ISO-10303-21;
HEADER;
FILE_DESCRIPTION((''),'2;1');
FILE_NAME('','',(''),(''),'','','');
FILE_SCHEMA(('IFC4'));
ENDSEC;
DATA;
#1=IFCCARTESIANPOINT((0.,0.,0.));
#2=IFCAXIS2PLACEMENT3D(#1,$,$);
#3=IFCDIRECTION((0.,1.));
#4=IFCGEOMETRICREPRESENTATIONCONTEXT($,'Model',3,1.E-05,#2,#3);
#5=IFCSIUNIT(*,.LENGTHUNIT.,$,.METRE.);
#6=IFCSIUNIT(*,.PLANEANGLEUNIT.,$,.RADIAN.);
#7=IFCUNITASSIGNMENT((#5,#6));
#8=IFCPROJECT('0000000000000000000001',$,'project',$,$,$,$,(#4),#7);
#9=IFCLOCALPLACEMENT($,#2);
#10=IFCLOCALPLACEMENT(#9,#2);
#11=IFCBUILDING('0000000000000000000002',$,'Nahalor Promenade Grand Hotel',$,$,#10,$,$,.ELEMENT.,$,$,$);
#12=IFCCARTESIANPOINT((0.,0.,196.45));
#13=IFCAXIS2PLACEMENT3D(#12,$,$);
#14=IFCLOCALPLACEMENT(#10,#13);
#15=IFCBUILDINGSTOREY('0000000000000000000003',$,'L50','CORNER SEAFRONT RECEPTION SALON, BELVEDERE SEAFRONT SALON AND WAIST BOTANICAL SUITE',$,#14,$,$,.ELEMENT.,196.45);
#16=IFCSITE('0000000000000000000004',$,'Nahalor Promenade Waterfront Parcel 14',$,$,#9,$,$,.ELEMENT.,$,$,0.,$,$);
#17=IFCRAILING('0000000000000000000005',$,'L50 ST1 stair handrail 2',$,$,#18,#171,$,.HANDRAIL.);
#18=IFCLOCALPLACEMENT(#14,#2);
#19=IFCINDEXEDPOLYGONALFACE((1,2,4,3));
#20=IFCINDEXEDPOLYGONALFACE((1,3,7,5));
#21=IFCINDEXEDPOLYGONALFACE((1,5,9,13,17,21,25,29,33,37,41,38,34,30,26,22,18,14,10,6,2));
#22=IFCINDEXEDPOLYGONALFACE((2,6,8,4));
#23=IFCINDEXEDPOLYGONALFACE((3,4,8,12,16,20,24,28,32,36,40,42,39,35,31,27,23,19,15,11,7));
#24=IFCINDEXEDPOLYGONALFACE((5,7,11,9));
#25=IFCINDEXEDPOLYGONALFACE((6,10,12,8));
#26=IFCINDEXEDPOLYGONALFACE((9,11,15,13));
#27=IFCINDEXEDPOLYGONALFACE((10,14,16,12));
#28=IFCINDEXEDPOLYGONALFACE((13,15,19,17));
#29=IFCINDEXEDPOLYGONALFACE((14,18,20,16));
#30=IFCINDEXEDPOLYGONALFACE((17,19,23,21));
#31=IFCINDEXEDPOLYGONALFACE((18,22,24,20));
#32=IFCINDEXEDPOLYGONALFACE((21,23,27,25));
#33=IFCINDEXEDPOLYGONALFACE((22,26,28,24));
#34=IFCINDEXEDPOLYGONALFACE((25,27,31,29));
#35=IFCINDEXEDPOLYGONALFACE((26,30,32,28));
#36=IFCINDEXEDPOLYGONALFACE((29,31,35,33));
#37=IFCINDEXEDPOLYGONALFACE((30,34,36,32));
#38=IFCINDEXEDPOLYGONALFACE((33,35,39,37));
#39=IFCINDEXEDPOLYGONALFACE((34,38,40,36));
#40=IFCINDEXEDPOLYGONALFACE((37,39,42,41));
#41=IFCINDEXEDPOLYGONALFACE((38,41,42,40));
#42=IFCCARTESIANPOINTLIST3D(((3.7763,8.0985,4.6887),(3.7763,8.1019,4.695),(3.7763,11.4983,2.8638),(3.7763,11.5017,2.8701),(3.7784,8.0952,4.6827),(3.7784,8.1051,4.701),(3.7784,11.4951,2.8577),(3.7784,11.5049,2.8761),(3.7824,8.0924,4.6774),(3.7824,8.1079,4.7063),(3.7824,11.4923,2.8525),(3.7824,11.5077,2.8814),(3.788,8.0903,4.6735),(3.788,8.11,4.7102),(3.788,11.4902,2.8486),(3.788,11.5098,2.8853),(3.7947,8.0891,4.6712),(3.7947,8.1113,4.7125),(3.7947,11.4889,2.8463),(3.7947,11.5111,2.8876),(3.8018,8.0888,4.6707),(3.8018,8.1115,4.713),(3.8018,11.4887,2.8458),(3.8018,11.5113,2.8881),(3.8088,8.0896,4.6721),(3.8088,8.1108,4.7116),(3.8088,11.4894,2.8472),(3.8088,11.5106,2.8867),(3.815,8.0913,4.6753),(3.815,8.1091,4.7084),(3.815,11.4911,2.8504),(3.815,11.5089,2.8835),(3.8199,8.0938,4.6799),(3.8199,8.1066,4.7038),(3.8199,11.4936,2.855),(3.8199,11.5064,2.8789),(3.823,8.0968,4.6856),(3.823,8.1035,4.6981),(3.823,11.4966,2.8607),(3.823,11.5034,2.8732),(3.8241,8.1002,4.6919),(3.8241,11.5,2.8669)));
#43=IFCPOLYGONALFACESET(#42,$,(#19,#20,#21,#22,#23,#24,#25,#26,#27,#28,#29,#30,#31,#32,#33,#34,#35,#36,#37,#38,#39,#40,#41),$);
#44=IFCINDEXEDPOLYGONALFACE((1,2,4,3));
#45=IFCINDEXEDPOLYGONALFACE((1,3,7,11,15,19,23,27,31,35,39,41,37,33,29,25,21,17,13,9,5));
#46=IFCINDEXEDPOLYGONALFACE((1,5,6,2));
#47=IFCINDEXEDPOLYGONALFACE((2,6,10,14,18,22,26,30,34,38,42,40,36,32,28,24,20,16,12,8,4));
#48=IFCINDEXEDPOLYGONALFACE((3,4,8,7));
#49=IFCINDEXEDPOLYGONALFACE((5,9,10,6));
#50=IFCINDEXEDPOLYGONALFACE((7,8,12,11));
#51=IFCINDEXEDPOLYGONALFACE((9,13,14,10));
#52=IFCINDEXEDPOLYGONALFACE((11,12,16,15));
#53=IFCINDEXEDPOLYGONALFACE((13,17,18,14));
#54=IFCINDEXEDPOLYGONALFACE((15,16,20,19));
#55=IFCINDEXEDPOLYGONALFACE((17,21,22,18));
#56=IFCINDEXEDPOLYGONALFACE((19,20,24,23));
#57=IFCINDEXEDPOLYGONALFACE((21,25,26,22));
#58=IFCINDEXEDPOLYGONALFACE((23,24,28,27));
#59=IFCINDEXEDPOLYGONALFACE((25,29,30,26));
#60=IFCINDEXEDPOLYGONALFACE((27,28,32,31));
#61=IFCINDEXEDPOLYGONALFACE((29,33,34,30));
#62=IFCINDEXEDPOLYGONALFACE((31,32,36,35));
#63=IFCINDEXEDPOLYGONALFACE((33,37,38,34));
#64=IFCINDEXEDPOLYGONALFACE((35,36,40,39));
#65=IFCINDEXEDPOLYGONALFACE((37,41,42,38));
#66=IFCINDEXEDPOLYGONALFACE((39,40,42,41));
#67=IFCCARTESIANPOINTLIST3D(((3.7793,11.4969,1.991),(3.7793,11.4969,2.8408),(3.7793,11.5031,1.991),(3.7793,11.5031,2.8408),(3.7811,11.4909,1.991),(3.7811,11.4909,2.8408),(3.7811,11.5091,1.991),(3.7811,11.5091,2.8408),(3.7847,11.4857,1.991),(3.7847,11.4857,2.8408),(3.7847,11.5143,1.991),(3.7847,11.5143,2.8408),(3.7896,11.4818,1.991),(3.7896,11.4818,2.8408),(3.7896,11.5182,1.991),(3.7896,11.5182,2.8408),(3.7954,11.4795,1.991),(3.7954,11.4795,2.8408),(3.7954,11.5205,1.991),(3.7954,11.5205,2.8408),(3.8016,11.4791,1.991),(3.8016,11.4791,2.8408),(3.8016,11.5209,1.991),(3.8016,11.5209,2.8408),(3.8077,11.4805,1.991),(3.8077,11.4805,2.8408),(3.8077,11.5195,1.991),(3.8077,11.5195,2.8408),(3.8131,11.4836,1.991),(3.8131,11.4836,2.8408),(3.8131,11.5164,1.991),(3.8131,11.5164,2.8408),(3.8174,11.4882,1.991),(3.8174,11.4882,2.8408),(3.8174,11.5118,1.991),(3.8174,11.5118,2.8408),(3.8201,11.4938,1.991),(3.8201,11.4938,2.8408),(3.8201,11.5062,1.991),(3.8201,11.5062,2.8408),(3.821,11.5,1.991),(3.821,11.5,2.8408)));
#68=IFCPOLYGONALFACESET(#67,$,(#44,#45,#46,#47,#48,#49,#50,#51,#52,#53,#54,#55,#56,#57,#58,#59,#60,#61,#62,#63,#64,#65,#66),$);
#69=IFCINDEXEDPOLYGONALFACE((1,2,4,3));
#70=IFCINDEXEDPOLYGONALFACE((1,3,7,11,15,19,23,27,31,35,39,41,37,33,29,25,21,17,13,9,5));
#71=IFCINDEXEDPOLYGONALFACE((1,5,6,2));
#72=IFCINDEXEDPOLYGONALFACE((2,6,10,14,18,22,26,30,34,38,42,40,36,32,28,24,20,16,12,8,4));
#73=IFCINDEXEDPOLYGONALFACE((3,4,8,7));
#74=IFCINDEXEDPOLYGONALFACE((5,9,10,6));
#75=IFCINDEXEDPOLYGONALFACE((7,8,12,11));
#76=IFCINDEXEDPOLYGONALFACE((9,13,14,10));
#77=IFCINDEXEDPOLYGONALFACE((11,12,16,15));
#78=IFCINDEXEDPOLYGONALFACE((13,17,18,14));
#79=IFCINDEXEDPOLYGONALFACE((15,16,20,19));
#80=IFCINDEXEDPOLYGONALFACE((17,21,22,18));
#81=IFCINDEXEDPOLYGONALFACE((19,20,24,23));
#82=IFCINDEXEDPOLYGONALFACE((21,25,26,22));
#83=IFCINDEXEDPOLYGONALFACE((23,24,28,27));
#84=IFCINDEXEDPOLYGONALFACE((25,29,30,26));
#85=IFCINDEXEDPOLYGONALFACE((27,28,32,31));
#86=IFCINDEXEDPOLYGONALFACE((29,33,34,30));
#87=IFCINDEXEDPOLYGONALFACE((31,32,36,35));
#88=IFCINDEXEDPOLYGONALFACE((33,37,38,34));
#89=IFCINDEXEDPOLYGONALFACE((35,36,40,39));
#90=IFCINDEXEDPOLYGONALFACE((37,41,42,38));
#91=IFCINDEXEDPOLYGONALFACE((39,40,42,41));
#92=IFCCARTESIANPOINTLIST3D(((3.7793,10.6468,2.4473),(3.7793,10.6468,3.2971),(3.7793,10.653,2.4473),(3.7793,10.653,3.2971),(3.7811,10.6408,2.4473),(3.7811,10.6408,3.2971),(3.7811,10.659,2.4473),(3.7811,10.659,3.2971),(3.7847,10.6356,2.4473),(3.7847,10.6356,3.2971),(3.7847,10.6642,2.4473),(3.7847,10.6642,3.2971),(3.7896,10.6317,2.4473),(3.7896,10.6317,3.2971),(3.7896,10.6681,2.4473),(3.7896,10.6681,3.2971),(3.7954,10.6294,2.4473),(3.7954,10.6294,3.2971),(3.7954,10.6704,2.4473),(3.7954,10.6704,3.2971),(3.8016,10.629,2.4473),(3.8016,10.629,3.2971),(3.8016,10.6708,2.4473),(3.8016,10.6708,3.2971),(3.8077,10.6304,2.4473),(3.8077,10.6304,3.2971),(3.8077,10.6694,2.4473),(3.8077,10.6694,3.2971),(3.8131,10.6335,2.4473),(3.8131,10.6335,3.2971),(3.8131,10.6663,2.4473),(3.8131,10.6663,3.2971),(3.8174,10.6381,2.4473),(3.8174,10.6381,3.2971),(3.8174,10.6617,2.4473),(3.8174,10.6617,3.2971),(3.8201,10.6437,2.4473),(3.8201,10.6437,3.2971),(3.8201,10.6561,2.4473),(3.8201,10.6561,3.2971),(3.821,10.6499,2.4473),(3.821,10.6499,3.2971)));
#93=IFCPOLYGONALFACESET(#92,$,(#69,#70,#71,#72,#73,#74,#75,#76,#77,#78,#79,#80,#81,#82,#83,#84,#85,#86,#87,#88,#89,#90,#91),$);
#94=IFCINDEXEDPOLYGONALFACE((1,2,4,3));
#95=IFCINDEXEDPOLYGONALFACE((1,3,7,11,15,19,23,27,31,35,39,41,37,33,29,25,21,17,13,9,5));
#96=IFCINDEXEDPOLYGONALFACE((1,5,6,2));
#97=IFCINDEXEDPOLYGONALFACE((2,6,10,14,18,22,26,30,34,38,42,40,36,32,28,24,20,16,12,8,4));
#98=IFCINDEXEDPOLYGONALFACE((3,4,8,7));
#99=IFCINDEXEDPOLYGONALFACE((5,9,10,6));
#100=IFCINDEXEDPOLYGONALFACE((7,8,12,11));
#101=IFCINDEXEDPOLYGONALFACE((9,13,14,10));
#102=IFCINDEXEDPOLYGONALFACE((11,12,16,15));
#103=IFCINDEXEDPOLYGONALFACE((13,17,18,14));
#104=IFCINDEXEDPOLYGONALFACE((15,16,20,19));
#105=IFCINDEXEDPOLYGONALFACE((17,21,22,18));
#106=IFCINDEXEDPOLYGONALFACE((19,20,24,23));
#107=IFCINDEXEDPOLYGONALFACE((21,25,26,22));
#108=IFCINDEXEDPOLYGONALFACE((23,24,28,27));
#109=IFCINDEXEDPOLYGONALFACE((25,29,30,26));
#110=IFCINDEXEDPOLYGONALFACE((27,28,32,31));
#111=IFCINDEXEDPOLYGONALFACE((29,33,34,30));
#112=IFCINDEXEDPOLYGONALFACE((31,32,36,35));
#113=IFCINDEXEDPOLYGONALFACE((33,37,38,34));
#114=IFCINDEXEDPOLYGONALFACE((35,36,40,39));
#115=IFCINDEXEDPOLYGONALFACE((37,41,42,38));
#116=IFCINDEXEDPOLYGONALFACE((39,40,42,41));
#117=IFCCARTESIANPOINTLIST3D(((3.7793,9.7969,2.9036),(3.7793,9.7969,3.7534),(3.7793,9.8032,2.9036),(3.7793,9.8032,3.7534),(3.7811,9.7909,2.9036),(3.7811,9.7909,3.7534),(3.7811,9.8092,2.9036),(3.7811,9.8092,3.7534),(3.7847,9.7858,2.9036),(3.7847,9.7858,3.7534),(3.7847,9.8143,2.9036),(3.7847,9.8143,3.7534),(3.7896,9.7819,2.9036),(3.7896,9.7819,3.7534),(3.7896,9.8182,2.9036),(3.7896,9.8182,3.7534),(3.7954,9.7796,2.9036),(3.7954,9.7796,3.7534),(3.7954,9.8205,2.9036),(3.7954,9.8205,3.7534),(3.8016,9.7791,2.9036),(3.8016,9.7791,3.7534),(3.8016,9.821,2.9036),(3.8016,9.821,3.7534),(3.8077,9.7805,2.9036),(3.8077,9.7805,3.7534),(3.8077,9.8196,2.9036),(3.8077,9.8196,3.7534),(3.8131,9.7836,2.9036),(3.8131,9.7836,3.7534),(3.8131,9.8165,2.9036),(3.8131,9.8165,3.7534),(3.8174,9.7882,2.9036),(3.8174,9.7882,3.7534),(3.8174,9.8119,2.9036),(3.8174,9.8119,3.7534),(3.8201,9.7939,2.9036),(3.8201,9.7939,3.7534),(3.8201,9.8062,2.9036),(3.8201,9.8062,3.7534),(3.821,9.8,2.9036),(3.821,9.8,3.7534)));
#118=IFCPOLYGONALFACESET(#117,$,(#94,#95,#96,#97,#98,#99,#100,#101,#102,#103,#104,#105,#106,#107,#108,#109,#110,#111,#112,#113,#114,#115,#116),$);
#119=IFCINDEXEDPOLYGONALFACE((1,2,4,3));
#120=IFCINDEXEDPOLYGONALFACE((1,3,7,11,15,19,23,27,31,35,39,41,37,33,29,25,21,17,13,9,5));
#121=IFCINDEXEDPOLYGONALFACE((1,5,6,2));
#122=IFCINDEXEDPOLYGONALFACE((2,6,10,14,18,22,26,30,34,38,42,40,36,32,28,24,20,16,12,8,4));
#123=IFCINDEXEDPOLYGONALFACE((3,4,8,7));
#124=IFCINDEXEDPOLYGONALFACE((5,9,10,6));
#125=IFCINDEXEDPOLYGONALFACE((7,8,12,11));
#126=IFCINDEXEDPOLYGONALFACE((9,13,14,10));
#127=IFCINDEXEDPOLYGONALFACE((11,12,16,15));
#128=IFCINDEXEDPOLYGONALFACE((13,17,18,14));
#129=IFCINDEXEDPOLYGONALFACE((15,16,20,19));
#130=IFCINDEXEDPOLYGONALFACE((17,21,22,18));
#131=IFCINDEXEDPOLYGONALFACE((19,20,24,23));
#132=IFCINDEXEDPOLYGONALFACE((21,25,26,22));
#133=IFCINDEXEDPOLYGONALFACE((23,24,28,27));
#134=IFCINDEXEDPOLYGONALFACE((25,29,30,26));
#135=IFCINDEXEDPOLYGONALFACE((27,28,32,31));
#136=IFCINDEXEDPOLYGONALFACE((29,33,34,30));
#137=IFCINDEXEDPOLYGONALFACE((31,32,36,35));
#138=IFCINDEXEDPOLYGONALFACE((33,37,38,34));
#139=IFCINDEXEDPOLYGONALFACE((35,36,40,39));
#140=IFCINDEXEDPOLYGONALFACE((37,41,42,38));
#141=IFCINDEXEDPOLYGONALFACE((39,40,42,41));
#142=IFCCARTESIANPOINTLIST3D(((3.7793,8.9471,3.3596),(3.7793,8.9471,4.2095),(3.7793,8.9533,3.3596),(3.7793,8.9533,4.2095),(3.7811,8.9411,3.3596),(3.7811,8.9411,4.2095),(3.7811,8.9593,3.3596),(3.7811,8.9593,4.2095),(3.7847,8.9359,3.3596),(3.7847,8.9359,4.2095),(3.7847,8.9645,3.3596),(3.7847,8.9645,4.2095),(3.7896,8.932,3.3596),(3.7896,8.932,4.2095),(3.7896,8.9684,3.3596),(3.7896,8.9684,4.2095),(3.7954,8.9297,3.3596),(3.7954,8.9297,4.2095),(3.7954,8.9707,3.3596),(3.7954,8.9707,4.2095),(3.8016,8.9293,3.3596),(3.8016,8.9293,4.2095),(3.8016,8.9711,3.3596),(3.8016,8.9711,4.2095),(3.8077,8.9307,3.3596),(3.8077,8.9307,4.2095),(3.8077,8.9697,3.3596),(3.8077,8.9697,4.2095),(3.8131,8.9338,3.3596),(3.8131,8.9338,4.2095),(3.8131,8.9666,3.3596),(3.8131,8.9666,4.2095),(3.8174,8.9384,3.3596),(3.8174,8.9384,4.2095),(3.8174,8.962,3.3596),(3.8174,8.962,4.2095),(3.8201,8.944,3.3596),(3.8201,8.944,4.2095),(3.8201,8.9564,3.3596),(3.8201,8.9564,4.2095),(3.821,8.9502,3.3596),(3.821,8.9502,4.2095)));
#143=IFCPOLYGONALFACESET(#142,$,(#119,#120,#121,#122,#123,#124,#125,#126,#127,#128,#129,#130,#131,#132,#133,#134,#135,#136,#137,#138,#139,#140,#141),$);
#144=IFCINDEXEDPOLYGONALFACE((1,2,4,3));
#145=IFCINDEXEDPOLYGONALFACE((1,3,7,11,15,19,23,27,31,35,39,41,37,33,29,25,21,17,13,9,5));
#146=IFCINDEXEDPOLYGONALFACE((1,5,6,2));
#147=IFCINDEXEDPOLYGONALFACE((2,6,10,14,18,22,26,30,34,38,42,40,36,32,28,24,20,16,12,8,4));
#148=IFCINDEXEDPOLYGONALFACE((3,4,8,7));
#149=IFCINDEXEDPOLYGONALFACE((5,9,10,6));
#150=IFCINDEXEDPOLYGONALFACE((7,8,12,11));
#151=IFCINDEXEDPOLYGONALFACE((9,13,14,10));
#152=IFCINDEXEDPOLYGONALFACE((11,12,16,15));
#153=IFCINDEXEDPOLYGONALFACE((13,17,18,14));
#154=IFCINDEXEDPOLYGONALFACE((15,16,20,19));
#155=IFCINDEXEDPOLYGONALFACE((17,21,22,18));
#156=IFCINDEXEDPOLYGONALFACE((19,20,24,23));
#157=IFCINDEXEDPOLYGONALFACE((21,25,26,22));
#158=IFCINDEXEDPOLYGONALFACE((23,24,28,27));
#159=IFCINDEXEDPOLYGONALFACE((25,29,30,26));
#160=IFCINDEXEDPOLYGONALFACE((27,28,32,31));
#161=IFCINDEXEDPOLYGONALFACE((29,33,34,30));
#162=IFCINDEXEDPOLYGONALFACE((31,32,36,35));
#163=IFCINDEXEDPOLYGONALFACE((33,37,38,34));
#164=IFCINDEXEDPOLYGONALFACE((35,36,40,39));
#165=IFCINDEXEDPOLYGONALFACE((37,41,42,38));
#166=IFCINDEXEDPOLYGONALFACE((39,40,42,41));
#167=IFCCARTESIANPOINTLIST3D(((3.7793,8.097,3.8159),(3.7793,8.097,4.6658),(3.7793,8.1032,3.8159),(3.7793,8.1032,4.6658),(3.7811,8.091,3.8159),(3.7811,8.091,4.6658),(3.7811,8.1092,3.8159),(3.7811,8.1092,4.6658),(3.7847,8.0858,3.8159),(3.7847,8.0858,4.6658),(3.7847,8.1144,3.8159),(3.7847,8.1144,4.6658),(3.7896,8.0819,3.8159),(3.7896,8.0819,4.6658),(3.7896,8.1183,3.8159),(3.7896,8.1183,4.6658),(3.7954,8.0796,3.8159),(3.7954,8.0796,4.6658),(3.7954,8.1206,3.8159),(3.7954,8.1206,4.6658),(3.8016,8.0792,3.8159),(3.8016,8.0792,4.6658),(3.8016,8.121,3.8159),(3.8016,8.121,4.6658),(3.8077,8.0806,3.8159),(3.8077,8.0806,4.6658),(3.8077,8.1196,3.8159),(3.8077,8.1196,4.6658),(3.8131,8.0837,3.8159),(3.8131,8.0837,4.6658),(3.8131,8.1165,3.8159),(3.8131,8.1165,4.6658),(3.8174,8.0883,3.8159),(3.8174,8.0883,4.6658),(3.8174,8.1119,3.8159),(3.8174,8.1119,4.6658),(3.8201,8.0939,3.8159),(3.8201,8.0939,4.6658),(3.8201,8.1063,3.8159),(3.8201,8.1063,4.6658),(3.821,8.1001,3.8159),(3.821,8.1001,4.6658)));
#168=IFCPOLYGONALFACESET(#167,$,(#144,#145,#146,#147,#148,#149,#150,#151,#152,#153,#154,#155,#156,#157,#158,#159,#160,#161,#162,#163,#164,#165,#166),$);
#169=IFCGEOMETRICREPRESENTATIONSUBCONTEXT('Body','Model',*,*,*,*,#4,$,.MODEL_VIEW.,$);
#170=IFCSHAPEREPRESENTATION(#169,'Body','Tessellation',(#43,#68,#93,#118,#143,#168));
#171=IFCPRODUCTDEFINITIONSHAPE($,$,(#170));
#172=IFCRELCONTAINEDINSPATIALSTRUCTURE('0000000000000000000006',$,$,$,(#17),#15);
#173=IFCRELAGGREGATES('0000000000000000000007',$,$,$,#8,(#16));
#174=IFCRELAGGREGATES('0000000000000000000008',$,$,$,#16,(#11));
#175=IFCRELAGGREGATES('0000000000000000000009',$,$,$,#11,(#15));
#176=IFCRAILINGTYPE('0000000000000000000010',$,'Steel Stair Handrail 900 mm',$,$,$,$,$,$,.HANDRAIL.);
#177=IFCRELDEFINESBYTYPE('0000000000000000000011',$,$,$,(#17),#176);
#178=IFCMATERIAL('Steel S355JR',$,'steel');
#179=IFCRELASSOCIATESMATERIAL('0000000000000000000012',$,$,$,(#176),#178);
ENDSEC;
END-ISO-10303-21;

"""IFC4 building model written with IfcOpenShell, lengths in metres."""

from ifc_helpers import new_model, si_unit, direction, frame, origin, origin_2d, place, context, subcontext, project, spatial, circle, extrude, material, type_object, element, save


model = new_model("IFC4")

# Units and contexts
model_context = context("Model", 3, precision=1e-05, world=origin(), true_north=direction((0.0, 1.0)))
body_context = subcontext(model_context, "Body", "Model", "MODEL_VIEW")
ifc_project = project(units=[si_unit("LENGTHUNIT", "METRE"), si_unit("PLANEANGLEUNIT", "RADIAN")], contexts=[model_context])

# Site, building, storey
site_placement = place(None, origin())
site = spatial("IfcSite", under=ifc_project, at=site_placement, Name="Nahalor Promenade Waterfront Parcel 14", CompositionType="ELEMENT", RefElevation=0.0)
building_placement = place(site_placement, origin())
building = spatial("IfcBuilding", under=site, at=building_placement, Name="Nahalor Promenade Grand Hotel", CompositionType="ELEMENT")
storey_placement = place(building_placement, frame((0.0, 0.0, 196.45)))
storey = spatial("IfcBuildingStorey", under=building, at=storey_placement, Name="L50", Description="CORNER SEAFRONT RECEPTION SALON, BELVEDERE SEAFRONT SALON AND WAIST BOTANICAL SUITE", CompositionType="ELEMENT", Elevation=196.45)

# Shared definitions
ifc_material_1 = material(Name="Steel S355JR", Category="steel")

# Railing
railing_type_1 = type_object("IfcRailingType", Name="Steel Stair Handrail 900 mm", PredefinedType="HANDRAIL", material=ifc_material_1)
railing_1_placement = place(storey_placement, frame((3.8, 11.5, 1.991)))
element("IfcRailing", 1, at=railing_1_placement, inside=storey, type_object=railing_type_1, Name="L50 ST1 stair handrail 2", PredefinedType="HANDRAIL", context=body_context, shape_type="SweptSolid", body=[
    extrude(circle(Radius=0.024, at=origin_2d()), frame((0.0, 0.0, 0.876), z_axis=(0.0, -0.881094, 0.472941), x_axis=(1.0, 0.0, 0.0)), (0.0, 0.0, 1.0), 3.8586),
    extrude(circle(Radius=0.021, at=origin_2d()), origin(), (0.0, 0.0, 1.0), 0.8499),
    extrude(circle(Radius=0.021, at=origin_2d()), frame((0.0, -0.8501, 0.4563)), (0.0, 0.0, 1.0), 0.8499),
    extrude(circle(Radius=0.021, at=origin_2d()), frame((0.0, -1.7, 0.9126)), (0.0, 0.0, 1.0), 0.8499),
    extrude(circle(Radius=0.021, at=origin_2d()), frame((0.0, -2.5498, 1.3687)), (0.0, 0.0, 1.0), 0.8499),
    extrude(circle(Radius=0.021, at=origin_2d()), frame((0.0, -3.3999, 1.825)), (0.0, 0.0, 1.0), 0.8499),
])

save(model, "model.ifc")
